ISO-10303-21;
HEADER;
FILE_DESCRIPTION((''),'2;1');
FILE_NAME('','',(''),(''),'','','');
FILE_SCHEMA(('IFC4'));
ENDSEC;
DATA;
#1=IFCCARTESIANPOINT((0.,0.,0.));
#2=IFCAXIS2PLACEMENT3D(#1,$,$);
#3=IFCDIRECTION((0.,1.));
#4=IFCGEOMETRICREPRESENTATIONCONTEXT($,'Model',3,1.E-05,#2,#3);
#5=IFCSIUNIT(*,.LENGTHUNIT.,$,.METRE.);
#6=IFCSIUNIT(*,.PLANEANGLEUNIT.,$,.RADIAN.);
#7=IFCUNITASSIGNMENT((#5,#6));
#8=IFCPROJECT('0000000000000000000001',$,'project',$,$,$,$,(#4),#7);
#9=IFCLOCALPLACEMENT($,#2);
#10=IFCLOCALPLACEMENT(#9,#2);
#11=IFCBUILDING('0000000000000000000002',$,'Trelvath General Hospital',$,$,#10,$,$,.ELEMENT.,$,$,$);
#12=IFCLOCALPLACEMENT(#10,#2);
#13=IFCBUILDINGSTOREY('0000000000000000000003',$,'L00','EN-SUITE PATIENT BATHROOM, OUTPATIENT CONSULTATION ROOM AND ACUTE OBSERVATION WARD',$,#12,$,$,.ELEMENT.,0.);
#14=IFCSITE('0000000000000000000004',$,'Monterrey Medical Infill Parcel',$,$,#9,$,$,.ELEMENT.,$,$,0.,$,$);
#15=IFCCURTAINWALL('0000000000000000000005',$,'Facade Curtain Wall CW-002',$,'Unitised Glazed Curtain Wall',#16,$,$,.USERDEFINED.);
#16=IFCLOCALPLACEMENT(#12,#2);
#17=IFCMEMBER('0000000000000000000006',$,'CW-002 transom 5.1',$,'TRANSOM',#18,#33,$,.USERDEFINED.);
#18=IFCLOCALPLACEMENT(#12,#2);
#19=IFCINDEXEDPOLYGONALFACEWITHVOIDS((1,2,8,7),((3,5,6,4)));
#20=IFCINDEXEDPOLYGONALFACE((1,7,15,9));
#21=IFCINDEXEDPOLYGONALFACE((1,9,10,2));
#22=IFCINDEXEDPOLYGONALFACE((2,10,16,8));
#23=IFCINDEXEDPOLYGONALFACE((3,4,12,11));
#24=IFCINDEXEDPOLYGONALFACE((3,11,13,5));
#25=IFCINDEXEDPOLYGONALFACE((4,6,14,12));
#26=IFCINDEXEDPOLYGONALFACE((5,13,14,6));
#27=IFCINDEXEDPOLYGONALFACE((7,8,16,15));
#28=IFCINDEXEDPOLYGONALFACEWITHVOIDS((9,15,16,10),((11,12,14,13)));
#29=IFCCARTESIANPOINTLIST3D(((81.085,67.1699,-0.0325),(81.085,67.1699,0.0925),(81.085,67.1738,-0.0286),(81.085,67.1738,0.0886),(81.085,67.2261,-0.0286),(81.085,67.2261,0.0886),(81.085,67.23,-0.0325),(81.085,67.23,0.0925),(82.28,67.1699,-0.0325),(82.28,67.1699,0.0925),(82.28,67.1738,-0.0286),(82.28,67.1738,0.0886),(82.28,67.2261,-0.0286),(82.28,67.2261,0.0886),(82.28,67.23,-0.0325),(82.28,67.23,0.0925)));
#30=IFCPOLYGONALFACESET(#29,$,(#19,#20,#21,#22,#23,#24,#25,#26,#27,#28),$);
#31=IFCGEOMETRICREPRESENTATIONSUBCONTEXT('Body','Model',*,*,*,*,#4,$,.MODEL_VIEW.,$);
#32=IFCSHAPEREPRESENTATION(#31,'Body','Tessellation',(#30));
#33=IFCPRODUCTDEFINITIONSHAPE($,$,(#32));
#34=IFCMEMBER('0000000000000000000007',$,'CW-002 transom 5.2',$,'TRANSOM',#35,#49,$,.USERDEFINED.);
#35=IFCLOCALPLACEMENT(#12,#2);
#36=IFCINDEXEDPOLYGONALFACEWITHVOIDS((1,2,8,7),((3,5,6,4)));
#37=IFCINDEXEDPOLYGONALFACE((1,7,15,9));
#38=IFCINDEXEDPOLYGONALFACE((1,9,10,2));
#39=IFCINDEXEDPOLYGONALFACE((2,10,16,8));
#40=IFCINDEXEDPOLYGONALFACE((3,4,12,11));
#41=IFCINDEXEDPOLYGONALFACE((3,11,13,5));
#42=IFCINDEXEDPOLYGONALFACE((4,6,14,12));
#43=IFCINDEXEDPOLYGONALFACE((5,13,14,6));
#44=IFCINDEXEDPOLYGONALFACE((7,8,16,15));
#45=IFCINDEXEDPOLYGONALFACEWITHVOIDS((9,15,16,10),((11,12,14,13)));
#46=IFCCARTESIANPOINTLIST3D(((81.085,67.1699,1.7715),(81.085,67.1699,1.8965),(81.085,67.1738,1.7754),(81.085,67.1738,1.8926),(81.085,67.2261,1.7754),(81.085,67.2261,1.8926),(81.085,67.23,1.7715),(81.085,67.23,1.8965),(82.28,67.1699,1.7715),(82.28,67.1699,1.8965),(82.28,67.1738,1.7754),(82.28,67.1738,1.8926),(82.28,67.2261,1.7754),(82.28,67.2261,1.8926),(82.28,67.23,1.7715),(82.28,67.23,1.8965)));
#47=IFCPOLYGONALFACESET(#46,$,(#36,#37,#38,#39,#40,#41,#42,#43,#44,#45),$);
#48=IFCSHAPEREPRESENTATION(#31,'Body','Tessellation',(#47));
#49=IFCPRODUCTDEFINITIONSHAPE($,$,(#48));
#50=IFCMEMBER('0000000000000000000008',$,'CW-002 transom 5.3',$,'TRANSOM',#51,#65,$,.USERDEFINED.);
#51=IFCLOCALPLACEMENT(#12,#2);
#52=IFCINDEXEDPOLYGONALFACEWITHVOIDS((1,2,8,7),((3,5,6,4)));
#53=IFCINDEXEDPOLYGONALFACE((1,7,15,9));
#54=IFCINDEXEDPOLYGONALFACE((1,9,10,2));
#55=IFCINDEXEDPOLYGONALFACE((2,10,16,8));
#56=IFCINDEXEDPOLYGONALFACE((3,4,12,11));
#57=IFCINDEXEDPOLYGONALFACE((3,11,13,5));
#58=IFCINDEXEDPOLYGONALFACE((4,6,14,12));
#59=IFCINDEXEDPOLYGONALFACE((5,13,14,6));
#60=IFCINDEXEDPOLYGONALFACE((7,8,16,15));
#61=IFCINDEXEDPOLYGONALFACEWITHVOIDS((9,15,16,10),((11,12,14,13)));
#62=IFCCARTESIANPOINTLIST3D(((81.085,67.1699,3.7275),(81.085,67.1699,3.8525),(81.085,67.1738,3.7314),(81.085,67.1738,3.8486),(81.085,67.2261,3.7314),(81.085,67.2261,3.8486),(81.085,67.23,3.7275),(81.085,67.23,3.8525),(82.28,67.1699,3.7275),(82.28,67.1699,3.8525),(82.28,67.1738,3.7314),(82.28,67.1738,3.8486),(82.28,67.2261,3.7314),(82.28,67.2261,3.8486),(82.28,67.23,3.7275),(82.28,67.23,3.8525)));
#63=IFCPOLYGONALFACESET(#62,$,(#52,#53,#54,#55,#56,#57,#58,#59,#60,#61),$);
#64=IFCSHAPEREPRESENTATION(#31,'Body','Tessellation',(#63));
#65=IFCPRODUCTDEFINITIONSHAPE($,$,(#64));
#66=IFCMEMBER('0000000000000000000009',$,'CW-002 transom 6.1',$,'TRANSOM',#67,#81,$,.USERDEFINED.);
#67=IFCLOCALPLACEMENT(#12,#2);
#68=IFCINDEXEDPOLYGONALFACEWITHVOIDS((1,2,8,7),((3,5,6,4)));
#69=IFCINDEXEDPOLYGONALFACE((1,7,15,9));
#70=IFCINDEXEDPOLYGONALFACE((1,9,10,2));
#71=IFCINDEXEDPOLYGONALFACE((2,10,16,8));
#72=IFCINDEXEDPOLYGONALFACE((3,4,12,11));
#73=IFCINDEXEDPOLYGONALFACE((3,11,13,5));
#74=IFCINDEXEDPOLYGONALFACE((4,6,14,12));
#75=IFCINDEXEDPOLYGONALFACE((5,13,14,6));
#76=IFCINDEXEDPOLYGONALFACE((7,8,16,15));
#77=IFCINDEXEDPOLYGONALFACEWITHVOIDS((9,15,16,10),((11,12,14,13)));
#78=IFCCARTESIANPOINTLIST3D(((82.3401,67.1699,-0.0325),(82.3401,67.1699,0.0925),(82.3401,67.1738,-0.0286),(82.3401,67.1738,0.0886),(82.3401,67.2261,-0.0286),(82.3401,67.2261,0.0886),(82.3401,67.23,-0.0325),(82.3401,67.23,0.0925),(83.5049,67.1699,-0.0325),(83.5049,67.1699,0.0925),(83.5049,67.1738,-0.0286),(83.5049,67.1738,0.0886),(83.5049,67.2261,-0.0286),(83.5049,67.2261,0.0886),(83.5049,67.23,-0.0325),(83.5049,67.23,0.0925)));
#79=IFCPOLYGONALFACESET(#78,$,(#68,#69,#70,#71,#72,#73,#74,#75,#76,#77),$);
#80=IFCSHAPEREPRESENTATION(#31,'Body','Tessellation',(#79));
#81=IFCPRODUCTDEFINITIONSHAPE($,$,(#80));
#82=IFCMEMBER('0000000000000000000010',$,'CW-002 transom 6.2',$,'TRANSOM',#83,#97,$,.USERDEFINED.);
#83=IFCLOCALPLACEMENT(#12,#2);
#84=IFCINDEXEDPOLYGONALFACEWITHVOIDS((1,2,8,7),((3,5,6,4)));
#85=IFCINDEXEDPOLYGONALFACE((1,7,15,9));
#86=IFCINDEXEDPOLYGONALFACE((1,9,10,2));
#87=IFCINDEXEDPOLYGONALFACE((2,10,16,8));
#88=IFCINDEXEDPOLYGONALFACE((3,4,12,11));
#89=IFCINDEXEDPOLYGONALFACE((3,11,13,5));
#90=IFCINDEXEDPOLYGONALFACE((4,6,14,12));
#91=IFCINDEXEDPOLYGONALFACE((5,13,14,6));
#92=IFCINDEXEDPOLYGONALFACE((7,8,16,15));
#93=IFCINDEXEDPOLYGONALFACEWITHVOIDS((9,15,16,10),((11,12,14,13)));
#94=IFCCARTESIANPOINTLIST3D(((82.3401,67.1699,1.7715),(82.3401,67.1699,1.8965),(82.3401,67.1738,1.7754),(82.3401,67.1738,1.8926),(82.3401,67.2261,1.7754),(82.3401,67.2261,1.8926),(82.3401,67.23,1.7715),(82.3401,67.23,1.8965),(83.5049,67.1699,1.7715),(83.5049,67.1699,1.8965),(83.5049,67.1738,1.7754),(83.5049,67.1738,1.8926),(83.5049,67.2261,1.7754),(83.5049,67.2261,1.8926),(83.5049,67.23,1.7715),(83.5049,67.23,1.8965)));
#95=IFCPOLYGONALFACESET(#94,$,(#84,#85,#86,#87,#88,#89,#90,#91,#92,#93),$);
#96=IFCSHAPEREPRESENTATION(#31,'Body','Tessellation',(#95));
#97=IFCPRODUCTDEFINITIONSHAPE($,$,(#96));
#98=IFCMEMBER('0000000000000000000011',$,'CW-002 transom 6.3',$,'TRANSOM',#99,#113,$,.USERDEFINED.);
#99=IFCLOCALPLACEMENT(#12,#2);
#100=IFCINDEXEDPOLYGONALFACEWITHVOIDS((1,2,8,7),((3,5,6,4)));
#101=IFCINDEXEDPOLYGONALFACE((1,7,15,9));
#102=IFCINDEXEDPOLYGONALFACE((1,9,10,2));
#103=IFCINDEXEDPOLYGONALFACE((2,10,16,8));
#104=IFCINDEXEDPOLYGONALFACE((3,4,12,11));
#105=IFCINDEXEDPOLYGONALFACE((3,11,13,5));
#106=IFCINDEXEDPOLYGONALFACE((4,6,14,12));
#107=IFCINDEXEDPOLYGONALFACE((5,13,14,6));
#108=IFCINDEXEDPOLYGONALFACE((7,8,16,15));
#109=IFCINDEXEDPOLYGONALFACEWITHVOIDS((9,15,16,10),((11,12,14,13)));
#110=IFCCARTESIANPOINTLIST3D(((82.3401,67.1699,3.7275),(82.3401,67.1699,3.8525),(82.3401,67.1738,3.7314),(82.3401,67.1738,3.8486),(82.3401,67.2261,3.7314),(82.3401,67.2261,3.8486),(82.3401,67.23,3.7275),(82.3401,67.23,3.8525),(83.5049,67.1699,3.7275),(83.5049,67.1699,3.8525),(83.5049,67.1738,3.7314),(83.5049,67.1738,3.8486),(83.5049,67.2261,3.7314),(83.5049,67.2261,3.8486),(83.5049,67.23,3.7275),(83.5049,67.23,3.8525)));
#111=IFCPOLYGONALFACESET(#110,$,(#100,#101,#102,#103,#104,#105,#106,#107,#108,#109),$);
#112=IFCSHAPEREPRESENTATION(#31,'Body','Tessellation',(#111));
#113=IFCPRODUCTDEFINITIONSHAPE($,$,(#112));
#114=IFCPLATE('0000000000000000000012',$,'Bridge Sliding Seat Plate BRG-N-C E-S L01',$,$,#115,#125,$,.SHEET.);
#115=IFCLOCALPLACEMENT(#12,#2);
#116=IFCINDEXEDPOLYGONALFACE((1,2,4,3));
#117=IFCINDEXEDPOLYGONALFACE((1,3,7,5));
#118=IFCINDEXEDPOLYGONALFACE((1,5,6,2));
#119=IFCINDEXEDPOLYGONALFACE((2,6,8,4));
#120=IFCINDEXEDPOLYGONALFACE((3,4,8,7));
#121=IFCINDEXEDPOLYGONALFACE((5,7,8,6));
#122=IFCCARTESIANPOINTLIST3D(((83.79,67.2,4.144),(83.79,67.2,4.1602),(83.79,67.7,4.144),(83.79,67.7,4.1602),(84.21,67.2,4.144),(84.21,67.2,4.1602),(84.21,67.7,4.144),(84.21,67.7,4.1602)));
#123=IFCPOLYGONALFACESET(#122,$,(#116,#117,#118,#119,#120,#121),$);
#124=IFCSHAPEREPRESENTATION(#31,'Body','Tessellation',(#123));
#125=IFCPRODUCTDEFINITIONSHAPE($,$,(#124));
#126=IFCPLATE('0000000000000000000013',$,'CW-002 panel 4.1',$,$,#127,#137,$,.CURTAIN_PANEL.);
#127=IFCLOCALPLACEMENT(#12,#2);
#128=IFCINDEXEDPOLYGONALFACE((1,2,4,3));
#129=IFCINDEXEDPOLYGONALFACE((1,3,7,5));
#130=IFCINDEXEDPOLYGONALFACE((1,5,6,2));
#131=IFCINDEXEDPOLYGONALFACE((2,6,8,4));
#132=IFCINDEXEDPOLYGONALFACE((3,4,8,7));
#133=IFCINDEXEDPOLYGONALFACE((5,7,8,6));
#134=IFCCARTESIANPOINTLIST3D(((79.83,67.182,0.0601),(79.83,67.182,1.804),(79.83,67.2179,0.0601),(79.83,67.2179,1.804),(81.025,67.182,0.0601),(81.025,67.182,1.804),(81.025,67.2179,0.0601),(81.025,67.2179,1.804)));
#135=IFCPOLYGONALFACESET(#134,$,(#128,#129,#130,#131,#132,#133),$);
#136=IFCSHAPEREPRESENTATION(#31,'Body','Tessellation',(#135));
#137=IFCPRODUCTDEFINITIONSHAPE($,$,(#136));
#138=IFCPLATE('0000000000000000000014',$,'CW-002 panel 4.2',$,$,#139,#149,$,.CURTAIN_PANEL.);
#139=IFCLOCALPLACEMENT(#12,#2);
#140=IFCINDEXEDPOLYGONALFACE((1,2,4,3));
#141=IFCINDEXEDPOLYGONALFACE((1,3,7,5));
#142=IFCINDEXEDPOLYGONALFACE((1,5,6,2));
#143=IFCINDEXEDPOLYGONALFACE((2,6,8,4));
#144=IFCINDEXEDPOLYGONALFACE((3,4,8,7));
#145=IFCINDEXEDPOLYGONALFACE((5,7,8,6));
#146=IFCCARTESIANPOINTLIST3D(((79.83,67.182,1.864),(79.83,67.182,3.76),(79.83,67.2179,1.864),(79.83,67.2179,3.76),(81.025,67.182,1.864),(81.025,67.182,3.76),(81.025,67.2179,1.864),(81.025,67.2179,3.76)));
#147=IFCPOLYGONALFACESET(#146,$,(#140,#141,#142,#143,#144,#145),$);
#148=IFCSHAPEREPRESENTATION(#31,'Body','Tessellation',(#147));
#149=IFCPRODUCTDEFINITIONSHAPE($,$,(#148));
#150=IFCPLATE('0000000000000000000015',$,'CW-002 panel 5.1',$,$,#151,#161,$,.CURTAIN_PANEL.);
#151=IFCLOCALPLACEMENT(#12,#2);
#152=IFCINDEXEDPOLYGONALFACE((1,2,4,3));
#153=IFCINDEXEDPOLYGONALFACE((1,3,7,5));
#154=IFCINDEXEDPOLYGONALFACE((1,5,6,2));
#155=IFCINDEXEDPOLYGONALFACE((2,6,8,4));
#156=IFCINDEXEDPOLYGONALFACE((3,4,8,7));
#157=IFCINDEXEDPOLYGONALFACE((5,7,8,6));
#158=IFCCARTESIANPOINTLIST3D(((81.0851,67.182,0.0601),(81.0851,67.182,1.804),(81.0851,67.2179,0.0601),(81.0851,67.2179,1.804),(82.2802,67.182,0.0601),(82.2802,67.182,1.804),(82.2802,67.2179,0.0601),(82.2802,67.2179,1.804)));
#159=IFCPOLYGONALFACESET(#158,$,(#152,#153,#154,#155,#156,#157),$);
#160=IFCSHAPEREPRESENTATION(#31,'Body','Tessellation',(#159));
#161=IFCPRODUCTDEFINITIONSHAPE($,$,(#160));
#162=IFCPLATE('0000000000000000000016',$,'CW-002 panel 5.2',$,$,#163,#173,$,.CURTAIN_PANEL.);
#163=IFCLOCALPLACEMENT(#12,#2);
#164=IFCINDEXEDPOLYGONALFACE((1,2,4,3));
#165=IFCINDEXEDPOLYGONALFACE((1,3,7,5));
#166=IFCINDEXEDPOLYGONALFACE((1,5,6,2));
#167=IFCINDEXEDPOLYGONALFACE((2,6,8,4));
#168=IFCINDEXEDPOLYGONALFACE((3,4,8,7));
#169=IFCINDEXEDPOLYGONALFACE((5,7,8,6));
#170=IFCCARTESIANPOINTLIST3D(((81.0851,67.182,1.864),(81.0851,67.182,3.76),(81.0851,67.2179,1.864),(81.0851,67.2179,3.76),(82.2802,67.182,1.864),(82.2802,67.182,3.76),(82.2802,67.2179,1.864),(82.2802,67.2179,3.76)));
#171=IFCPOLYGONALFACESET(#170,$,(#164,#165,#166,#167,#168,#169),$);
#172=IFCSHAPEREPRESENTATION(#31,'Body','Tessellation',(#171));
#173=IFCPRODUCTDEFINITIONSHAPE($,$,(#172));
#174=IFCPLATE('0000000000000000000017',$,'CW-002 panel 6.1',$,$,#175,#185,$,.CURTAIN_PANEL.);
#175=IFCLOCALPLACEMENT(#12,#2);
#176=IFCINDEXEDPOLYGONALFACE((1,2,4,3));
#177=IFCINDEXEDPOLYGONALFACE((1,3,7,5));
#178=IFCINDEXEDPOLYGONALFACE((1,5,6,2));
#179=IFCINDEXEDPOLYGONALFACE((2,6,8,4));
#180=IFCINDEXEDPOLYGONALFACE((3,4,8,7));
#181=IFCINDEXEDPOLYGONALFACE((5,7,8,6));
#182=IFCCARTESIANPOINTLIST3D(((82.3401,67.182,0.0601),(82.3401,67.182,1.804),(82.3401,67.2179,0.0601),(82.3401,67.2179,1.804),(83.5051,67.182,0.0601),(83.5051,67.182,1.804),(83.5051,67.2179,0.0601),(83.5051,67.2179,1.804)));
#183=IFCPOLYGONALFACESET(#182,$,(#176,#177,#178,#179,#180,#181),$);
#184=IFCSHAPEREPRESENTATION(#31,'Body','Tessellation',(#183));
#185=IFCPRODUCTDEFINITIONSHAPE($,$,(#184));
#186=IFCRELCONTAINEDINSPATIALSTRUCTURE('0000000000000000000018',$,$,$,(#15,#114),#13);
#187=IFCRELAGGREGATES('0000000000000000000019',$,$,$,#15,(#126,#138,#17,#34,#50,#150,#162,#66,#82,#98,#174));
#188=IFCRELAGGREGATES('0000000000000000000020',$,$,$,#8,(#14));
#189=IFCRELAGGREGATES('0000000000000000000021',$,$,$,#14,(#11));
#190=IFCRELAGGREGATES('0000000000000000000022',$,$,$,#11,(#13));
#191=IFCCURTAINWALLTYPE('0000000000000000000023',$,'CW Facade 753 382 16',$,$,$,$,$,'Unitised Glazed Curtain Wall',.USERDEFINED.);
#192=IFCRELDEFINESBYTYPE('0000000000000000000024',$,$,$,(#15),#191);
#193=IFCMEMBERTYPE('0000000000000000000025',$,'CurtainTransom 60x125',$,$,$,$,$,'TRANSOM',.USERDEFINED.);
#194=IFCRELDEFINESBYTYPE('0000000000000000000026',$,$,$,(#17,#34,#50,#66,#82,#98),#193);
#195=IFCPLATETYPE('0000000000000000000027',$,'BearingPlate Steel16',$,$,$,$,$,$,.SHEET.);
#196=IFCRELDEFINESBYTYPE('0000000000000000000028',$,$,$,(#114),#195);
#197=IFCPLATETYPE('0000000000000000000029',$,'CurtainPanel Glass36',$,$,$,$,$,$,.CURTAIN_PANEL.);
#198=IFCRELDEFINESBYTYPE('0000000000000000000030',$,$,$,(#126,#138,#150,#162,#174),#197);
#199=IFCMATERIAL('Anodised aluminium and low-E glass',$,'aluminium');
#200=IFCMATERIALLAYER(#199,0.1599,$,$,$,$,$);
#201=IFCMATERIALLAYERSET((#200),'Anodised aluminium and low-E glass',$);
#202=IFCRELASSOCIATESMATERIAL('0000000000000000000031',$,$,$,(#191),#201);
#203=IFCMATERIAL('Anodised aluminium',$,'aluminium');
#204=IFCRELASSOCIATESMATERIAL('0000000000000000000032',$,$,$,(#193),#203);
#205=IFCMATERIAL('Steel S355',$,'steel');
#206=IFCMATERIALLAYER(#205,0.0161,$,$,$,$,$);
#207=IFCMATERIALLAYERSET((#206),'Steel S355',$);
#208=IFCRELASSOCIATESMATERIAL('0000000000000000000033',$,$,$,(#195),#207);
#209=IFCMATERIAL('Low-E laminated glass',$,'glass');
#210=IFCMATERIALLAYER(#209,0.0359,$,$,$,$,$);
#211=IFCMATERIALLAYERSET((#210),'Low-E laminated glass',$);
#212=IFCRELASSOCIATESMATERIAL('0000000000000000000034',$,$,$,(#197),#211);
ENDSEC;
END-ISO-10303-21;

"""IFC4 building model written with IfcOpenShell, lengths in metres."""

from ifc_helpers import new_model, si_unit, direction, frame, origin, origin_2d, place, context, subcontext, project, spatial, rectangle, hollow_rectangle, extrude, material, layer, layer_set, material_profile, profile_set, type_object, element, aggregate, save


model = new_model("IFC4")

# Units and contexts
model_context = context("Model", 3, precision=1e-05, world=origin(), true_north=direction((0.0, 1.0)))
body_context = subcontext(model_context, "Body", "Model", "MODEL_VIEW")
ifc_project = project(units=[si_unit("LENGTHUNIT", "METRE"), si_unit("PLANEANGLEUNIT", "RADIAN")], contexts=[model_context])

# Site, building, storey
site_placement = place(None, origin())
site = spatial("IfcSite", under=ifc_project, at=site_placement, Name="Monterrey Medical Infill Parcel", CompositionType="ELEMENT", RefElevation=0.0)
building_placement = place(site_placement, origin())
building = spatial("IfcBuilding", under=site, at=building_placement, Name="Trelvath General Hospital", CompositionType="ELEMENT")
storey_placement = place(building_placement, origin())
storey = spatial("IfcBuildingStorey", under=building, at=storey_placement, Name="L00", Description="EN-SUITE PATIENT BATHROOM, OUTPATIENT CONSULTATION ROOM AND ACUTE OBSERVATION WARD", CompositionType="ELEMENT", Elevation=0.0)

# Curtain wall, members
ifc_material_1 = material(Name="Anodised aluminium and low-E glass", Category="aluminium")
ifc_layer_1 = layer(ifc_material_1, 0.1599)
ifc_layer_set_1 = layer_set([ifc_layer_1], Name="Anodised aluminium and low-E glass")
curtain_wall_type = type_object("IfcCurtainWallType", Name="CW Facade 753 382 16", ElementType="Unitised Glazed Curtain Wall", PredefinedType="USERDEFINED", material=ifc_layer_set_1)
curtain_wall_placement = place(storey_placement, origin())
curtain_wall = element("IfcCurtainWall", 1, at=curtain_wall_placement, inside=storey, type_object=curtain_wall_type, Name="Facade Curtain Wall CW-002", ObjectType="Unitised Glazed Curtain Wall", PredefinedType="USERDEFINED")
ifc_material_2 = material(Name="Anodised aluminium", Category="aluminium")
ifc_material_profile_1 = material_profile(ifc_material_2, hollow_rectangle(XDim=0.0601, YDim=0.125, WallThickness=0.0039, at=origin_2d()), Name="RHS60x125x4")
ifc_profile_set_1 = profile_set([ifc_material_profile_1], Name="Anodised aluminium")
member_type_1 = type_object("IfcMemberType", Name="CurtainTransom 60x125", ElementType="TRANSOM", PredefinedType="USERDEFINED", material=ifc_profile_set_1)
member_1_placement = place(storey_placement, frame((81.085, 67.2, 0.03), z_axis=(1.0, 0.0, 0.0), x_axis=(0.0, 1.0, 0.0)))
member_1 = element("IfcMember", 2, at=member_1_placement, type_object=member_type_1, Name="CW-002 transom 5.1", ObjectType="TRANSOM", PredefinedType="USERDEFINED", context=body_context, shape_type="SweptSolid", body=[
    extrude(hollow_rectangle(XDim=0.0601, YDim=0.125, WallThickness=0.0039, at=origin_2d()), origin(), (0.0, 0.0, 1.0), 1.1951),
])
member_2_placement = place(storey_placement, frame((81.085, 67.2, 1.834), z_axis=(1.0, 0.0, 0.0), x_axis=(0.0, 1.0, 0.0)))
member_2 = element("IfcMember", 3, at=member_2_placement, type_object=member_type_1, Name="CW-002 transom 5.2", ObjectType="TRANSOM", PredefinedType="USERDEFINED", context=body_context, shape_type="SweptSolid", body=[
    extrude(hollow_rectangle(XDim=0.0601, YDim=0.125, WallThickness=0.0039, at=origin_2d()), origin(), (0.0, 0.0, 1.0), 1.1951),
])
member_3_placement = place(storey_placement, frame((81.085, 67.2, 3.79), z_axis=(1.0, 0.0, 0.0), x_axis=(0.0, 1.0, 0.0)))
member_3 = element("IfcMember", 4, at=member_3_placement, type_object=member_type_1, Name="CW-002 transom 5.3", ObjectType="TRANSOM", PredefinedType="USERDEFINED", context=body_context, shape_type="SweptSolid", body=[
    extrude(hollow_rectangle(XDim=0.0601, YDim=0.125, WallThickness=0.0039, at=origin_2d()), origin(), (0.0, 0.0, 1.0), 1.1951),
])
member_4_placement = place(storey_placement, frame((82.3401, 67.2, 0.03), z_axis=(1.0, 0.0, 0.0), x_axis=(0.0, 1.0, 0.0)))
member_4 = element("IfcMember", 5, at=member_4_placement, type_object=member_type_1, Name="CW-002 transom 6.1", ObjectType="TRANSOM", PredefinedType="USERDEFINED", context=body_context, shape_type="SweptSolid", body=[
    extrude(hollow_rectangle(XDim=0.0601, YDim=0.125, WallThickness=0.0039, at=origin_2d()), origin(), (0.0, 0.0, 1.0), 1.1648),
])
member_5_placement = place(storey_placement, frame((82.3401, 67.2, 1.834), z_axis=(1.0, 0.0, 0.0), x_axis=(0.0, 1.0, 0.0)))
member_5 = element("IfcMember", 6, at=member_5_placement, type_object=member_type_1, Name="CW-002 transom 6.2", ObjectType="TRANSOM", PredefinedType="USERDEFINED", context=body_context, shape_type="SweptSolid", body=[
    extrude(hollow_rectangle(XDim=0.0601, YDim=0.125, WallThickness=0.0039, at=origin_2d()), origin(), (0.0, 0.0, 1.0), 1.1648),
])
member_6_placement = place(storey_placement, frame((82.3401, 67.2, 3.79), z_axis=(1.0, 0.0, 0.0), x_axis=(0.0, 1.0, 0.0)))
member_6 = element("IfcMember", 7, at=member_6_placement, type_object=member_type_1, Name="CW-002 transom 6.3", ObjectType="TRANSOM", PredefinedType="USERDEFINED", context=body_context, shape_type="SweptSolid", body=[
    extrude(hollow_rectangle(XDim=0.0601, YDim=0.125, WallThickness=0.0039, at=origin_2d()), origin(), (0.0, 0.0, 1.0), 1.1648),
])

# Plates
ifc_material_3 = material(Name="Steel S355", Category="steel")
ifc_layer_2 = layer(ifc_material_3, 0.0161)
ifc_layer_set_2 = layer_set([ifc_layer_2], Name="Steel S355")
plate_type_1 = type_object("IfcPlateType", Name="BearingPlate Steel16", PredefinedType="SHEET", material=ifc_layer_set_2)
plate_1_placement = place(storey_placement, frame((84.0, 67.45, 4.144), z_axis=(0.0, 0.0, 1.0), x_axis=(1.0, 0.0, 0.0)))
element("IfcPlate", 8, at=plate_1_placement, inside=storey, type_object=plate_type_1, Name="Bridge Sliding Seat Plate BRG-N-C E-S L01", PredefinedType="SHEET", context=body_context, shape_type="SweptSolid", body=[
    extrude(rectangle(XDim=0.4199, YDim=0.5, at=origin_2d()), origin(), (0.0, 0.0, 1.0), 0.0161),
])
ifc_material_4 = material(Name="Low-E laminated glass", Category="glass")
ifc_layer_3 = layer(ifc_material_4, 0.0359)
ifc_layer_set_3 = layer_set([ifc_layer_3], Name="Low-E laminated glass")
plate_type_2 = type_object("IfcPlateType", Name="CurtainPanel Glass36", PredefinedType="CURTAIN_PANEL", material=ifc_layer_set_3)
plate_2_placement = place(storey_placement, frame((80.4275, 67.2, 0.0601), z_axis=(0.0, 0.0, 1.0), x_axis=(1.0, 0.0, 0.0)))
plate_2 = element("IfcPlate", 9, at=plate_2_placement, type_object=plate_type_2, Name="CW-002 panel 4.1", PredefinedType="CURTAIN_PANEL", context=body_context, shape_type="SweptSolid", body=[
    extrude(rectangle(XDim=1.1951, YDim=0.0359, at=origin_2d()), origin(), (0.0, 0.0, 1.0), 1.7439),
])
plate_3_placement = place(storey_placement, frame((80.4275, 67.2, 1.864), z_axis=(0.0, 0.0, 1.0), x_axis=(1.0, 0.0, 0.0)))
plate_3 = element("IfcPlate", 10, at=plate_3_placement, type_object=plate_type_2, Name="CW-002 panel 4.2", PredefinedType="CURTAIN_PANEL", context=body_context, shape_type="SweptSolid", body=[
    extrude(rectangle(XDim=1.1951, YDim=0.0359, at=origin_2d()), origin(), (0.0, 0.0, 1.0), 1.896),
])
plate_4_placement = place(storey_placement, frame((81.6826, 67.2, 0.0601), z_axis=(0.0, 0.0, 1.0), x_axis=(1.0, 0.0, 0.0)))
plate_4 = element("IfcPlate", 11, at=plate_4_placement, type_object=plate_type_2, Name="CW-002 panel 5.1", PredefinedType="CURTAIN_PANEL", context=body_context, shape_type="SweptSolid", body=[
    extrude(rectangle(XDim=1.1951, YDim=0.0359, at=origin_2d()), origin(), (0.0, 0.0, 1.0), 1.7439),
])
plate_5_placement = place(storey_placement, frame((81.6826, 67.2, 1.864), z_axis=(0.0, 0.0, 1.0), x_axis=(1.0, 0.0, 0.0)))
plate_5 = element("IfcPlate", 12, at=plate_5_placement, type_object=plate_type_2, Name="CW-002 panel 5.2", PredefinedType="CURTAIN_PANEL", context=body_context, shape_type="SweptSolid", body=[
    extrude(rectangle(XDim=1.1951, YDim=0.0359, at=origin_2d()), origin(), (0.0, 0.0, 1.0), 1.896),
])
plate_6_placement = place(storey_placement, frame((82.9226, 67.2, 0.0601), z_axis=(0.0, 0.0, 1.0), x_axis=(1.0, 0.0, 0.0)))
plate_6 = element("IfcPlate", 13, at=plate_6_placement, type_object=plate_type_2, Name="CW-002 panel 6.1", PredefinedType="CURTAIN_PANEL", context=body_context, shape_type="SweptSolid", body=[
    extrude(rectangle(XDim=1.165, YDim=0.0359, at=origin_2d()), origin(), (0.0, 0.0, 1.0), 1.7439),
])
aggregate(curtain_wall, [plate_2, plate_3, member_1, member_2, member_3, plate_4, plate_5, member_4, member_5, member_6, plate_6])

save(model, "model.ifc")
